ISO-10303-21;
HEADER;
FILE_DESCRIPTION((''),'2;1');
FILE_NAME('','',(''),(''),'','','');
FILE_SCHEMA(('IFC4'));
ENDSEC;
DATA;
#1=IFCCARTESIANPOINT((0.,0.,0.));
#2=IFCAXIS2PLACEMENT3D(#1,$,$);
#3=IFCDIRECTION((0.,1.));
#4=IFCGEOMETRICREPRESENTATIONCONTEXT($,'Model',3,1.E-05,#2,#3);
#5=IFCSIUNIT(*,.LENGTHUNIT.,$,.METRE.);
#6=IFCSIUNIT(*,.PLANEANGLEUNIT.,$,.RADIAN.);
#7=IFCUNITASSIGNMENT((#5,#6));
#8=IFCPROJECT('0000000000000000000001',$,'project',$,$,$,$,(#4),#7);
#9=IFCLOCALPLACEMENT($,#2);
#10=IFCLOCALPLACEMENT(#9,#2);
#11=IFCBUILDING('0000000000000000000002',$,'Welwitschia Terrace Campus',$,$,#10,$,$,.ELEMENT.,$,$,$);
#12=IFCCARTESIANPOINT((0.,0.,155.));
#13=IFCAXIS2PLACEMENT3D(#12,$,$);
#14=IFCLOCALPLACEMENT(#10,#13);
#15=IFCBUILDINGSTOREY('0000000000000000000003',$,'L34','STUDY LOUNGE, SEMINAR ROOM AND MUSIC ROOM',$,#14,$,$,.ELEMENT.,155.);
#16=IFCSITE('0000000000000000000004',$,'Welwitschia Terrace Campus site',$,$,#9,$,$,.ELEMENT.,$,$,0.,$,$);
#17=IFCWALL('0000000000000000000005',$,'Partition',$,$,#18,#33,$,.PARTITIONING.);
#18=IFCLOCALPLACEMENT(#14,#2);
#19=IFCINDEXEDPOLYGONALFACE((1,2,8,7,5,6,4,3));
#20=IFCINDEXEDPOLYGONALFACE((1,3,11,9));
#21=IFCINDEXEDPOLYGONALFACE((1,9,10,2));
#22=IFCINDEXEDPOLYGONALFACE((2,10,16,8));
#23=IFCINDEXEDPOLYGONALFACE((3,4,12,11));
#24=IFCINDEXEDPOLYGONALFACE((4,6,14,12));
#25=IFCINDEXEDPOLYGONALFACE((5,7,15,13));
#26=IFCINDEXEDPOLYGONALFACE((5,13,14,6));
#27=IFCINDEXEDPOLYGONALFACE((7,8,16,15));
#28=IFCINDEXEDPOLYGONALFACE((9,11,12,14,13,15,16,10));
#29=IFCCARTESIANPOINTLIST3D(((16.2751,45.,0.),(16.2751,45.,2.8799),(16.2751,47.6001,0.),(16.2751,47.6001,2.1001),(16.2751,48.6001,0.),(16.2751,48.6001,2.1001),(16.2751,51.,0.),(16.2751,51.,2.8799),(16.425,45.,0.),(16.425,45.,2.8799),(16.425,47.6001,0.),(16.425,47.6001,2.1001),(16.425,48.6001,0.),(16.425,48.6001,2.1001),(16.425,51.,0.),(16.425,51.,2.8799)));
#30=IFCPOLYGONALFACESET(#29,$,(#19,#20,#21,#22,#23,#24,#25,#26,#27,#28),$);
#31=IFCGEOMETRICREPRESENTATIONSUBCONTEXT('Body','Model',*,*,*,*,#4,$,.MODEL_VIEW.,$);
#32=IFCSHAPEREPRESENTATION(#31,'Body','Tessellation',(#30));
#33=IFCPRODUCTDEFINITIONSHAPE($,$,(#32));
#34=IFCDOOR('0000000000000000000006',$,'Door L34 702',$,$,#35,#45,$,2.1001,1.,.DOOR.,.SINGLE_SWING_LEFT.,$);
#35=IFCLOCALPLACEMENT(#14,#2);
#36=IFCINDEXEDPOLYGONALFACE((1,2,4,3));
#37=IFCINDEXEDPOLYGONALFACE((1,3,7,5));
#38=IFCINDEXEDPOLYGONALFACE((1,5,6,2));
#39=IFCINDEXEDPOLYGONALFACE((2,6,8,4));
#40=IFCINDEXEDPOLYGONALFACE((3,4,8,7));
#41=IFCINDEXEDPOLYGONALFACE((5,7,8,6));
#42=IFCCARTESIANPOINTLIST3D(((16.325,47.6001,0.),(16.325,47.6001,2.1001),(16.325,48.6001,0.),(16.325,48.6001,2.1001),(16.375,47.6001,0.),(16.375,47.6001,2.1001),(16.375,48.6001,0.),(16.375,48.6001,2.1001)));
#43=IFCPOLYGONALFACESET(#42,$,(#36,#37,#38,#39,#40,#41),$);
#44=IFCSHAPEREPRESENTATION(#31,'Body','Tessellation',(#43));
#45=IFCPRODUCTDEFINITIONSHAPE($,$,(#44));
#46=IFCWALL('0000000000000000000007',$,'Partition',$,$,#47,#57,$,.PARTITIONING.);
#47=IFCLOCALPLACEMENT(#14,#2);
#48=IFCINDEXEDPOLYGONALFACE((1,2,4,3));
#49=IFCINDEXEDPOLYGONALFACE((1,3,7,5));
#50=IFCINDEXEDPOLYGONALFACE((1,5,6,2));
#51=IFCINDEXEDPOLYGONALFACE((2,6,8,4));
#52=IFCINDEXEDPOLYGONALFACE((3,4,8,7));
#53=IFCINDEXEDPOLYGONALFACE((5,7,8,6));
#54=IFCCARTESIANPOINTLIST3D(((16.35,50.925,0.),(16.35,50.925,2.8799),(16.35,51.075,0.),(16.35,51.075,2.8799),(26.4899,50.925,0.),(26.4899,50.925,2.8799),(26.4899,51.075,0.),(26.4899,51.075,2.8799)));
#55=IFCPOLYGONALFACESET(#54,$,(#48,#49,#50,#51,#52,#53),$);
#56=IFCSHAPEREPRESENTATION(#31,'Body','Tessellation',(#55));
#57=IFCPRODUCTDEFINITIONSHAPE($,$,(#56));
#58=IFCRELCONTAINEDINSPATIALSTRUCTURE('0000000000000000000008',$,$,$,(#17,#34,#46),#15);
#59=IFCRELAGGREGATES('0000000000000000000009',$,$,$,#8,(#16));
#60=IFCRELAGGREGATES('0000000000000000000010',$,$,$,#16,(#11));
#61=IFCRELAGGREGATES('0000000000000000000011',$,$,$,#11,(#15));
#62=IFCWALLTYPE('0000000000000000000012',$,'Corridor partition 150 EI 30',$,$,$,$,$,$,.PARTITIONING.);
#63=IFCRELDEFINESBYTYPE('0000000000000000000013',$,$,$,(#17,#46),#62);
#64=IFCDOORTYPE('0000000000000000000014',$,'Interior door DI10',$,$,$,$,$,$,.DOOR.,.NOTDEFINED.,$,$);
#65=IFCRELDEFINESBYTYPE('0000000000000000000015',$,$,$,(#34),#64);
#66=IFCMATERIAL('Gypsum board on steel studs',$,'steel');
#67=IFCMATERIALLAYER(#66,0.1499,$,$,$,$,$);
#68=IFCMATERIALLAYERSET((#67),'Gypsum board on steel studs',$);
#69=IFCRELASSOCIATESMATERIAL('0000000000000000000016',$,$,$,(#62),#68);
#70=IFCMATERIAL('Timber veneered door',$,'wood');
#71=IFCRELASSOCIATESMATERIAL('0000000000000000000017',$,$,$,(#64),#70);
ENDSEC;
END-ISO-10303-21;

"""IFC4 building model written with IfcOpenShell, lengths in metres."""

from ifc_helpers import new_model, si_unit, direction, frame, frame_2d, origin, place, context, subcontext, project, spatial, rectangle, extrude, material, layer, layer_set, type_object, element, fill, save


model = new_model("IFC4")

# Units and contexts
model_context = context("Model", 3, precision=1e-05, world=origin(), true_north=direction((0.0, 1.0)))
body_context = subcontext(model_context, "Body", "Model", "MODEL_VIEW")
ifc_project = project(units=[si_unit("LENGTHUNIT", "METRE"), si_unit("PLANEANGLEUNIT", "RADIAN")], contexts=[model_context])

# Site, building, storey
site_placement = place(None, origin())
site = spatial("IfcSite", under=ifc_project, at=site_placement, Name="Welwitschia Terrace Campus site", CompositionType="ELEMENT", RefElevation=0.0)
building_placement = place(site_placement, origin())
building = spatial("IfcBuilding", under=site, at=building_placement, Name="Welwitschia Terrace Campus", CompositionType="ELEMENT")
storey_placement = place(building_placement, frame((0.0, 0.0, 155.0)))
storey = spatial("IfcBuildingStorey", under=building, at=storey_placement, Name="L34", Description="STUDY LOUNGE, SEMINAR ROOM AND MUSIC ROOM", CompositionType="ELEMENT", Elevation=155.0)

# Shared definitions
ifc_material_1 = material(Name="Gypsum board on steel studs", Category="steel")
ifc_layer_1 = layer(ifc_material_1, 0.1499)
ifc_layer_set_1 = layer_set([ifc_layer_1], Name="Gypsum board on steel studs")
wall_type = type_object("IfcWallType", Name="Corridor partition 150 EI 30", PredefinedType="PARTITIONING", material=ifc_layer_set_1)
ifc_material_2 = material(Name="Timber veneered door", Category="wood")
door_type = type_object("IfcDoorType", Name="Interior door DI10", OperationType="NOTDEFINED", PredefinedType="DOOR", material=ifc_material_2)

# Wall, opening, door
wall_1_placement = place(storey_placement, frame((16.3501, 51.0, 0.0), z_axis=(0.0, 0.0, 1.0), x_axis=(0.0, -1.0, 0.0)))
wall_1 = element("IfcWall", 1, at=wall_1_placement, inside=storey, type_object=wall_type, Name="Partition", PredefinedType="PARTITIONING", context=body_context, shape_type="SweptSolid", body=[
    extrude(rectangle(XDim=6.0, YDim=0.1499, at=frame_2d((3.0, 0.0))), origin(), (0.0, 0.0, 1.0), 2.8799),
])
opening_1_placement = place(wall_1_placement, frame((2.3999, 0.0, 0.0)))
opening_1 = element("IfcOpeningElement", 2, at=opening_1_placement, cuts=wall_1, PredefinedType="OPENING", context=body_context, shape_type="SweptSolid", body=[
    extrude(rectangle(XDim=1.0, YDim=2.1001, at=frame_2d((0.5, 1.05))), frame((0.0, 0.085, 0.0), z_axis=(0.0, -1.0, 0.0), x_axis=(1.0, 0.0, 0.0)), (0.0, 0.0, 1.0), 0.1699),
])
door_1_placement = place(opening_1_placement, origin())
door_1 = element("IfcDoor", 3, at=door_1_placement, inside=storey, type_object=door_type, Name="Door L34 702", OperationType="SINGLE_SWING_LEFT", OverallHeight=2.1001, OverallWidth=1.0, PredefinedType="DOOR", context=body_context, shape_type="SweptSolid", body=[
    extrude(rectangle(XDim=1.0, YDim=2.1001, at=frame_2d((0.5, 1.05))), frame((0.0, 0.0249, 0.0), z_axis=(0.0, -1.0, 0.0), x_axis=(1.0, 0.0, 0.0)), (0.0, 0.0, 1.0), 0.05),
])
fill(opening_1, door_1)

# Wall
wall_2_placement = place(storey_placement, frame((16.3501, 51.0, 0.0), z_axis=(0.0, 0.0, 1.0), x_axis=(1.0, 0.0, 0.0)))
element("IfcWall", 4, at=wall_2_placement, inside=storey, type_object=wall_type, Name="Partition", PredefinedType="PARTITIONING", context=body_context, shape_type="SweptSolid", body=[
    extrude(rectangle(XDim=10.1399, YDim=0.1499, at=frame_2d((5.0698, 0.0))), origin(), (0.0, 0.0, 1.0), 2.8799),
])

save(model, "model.ifc")
